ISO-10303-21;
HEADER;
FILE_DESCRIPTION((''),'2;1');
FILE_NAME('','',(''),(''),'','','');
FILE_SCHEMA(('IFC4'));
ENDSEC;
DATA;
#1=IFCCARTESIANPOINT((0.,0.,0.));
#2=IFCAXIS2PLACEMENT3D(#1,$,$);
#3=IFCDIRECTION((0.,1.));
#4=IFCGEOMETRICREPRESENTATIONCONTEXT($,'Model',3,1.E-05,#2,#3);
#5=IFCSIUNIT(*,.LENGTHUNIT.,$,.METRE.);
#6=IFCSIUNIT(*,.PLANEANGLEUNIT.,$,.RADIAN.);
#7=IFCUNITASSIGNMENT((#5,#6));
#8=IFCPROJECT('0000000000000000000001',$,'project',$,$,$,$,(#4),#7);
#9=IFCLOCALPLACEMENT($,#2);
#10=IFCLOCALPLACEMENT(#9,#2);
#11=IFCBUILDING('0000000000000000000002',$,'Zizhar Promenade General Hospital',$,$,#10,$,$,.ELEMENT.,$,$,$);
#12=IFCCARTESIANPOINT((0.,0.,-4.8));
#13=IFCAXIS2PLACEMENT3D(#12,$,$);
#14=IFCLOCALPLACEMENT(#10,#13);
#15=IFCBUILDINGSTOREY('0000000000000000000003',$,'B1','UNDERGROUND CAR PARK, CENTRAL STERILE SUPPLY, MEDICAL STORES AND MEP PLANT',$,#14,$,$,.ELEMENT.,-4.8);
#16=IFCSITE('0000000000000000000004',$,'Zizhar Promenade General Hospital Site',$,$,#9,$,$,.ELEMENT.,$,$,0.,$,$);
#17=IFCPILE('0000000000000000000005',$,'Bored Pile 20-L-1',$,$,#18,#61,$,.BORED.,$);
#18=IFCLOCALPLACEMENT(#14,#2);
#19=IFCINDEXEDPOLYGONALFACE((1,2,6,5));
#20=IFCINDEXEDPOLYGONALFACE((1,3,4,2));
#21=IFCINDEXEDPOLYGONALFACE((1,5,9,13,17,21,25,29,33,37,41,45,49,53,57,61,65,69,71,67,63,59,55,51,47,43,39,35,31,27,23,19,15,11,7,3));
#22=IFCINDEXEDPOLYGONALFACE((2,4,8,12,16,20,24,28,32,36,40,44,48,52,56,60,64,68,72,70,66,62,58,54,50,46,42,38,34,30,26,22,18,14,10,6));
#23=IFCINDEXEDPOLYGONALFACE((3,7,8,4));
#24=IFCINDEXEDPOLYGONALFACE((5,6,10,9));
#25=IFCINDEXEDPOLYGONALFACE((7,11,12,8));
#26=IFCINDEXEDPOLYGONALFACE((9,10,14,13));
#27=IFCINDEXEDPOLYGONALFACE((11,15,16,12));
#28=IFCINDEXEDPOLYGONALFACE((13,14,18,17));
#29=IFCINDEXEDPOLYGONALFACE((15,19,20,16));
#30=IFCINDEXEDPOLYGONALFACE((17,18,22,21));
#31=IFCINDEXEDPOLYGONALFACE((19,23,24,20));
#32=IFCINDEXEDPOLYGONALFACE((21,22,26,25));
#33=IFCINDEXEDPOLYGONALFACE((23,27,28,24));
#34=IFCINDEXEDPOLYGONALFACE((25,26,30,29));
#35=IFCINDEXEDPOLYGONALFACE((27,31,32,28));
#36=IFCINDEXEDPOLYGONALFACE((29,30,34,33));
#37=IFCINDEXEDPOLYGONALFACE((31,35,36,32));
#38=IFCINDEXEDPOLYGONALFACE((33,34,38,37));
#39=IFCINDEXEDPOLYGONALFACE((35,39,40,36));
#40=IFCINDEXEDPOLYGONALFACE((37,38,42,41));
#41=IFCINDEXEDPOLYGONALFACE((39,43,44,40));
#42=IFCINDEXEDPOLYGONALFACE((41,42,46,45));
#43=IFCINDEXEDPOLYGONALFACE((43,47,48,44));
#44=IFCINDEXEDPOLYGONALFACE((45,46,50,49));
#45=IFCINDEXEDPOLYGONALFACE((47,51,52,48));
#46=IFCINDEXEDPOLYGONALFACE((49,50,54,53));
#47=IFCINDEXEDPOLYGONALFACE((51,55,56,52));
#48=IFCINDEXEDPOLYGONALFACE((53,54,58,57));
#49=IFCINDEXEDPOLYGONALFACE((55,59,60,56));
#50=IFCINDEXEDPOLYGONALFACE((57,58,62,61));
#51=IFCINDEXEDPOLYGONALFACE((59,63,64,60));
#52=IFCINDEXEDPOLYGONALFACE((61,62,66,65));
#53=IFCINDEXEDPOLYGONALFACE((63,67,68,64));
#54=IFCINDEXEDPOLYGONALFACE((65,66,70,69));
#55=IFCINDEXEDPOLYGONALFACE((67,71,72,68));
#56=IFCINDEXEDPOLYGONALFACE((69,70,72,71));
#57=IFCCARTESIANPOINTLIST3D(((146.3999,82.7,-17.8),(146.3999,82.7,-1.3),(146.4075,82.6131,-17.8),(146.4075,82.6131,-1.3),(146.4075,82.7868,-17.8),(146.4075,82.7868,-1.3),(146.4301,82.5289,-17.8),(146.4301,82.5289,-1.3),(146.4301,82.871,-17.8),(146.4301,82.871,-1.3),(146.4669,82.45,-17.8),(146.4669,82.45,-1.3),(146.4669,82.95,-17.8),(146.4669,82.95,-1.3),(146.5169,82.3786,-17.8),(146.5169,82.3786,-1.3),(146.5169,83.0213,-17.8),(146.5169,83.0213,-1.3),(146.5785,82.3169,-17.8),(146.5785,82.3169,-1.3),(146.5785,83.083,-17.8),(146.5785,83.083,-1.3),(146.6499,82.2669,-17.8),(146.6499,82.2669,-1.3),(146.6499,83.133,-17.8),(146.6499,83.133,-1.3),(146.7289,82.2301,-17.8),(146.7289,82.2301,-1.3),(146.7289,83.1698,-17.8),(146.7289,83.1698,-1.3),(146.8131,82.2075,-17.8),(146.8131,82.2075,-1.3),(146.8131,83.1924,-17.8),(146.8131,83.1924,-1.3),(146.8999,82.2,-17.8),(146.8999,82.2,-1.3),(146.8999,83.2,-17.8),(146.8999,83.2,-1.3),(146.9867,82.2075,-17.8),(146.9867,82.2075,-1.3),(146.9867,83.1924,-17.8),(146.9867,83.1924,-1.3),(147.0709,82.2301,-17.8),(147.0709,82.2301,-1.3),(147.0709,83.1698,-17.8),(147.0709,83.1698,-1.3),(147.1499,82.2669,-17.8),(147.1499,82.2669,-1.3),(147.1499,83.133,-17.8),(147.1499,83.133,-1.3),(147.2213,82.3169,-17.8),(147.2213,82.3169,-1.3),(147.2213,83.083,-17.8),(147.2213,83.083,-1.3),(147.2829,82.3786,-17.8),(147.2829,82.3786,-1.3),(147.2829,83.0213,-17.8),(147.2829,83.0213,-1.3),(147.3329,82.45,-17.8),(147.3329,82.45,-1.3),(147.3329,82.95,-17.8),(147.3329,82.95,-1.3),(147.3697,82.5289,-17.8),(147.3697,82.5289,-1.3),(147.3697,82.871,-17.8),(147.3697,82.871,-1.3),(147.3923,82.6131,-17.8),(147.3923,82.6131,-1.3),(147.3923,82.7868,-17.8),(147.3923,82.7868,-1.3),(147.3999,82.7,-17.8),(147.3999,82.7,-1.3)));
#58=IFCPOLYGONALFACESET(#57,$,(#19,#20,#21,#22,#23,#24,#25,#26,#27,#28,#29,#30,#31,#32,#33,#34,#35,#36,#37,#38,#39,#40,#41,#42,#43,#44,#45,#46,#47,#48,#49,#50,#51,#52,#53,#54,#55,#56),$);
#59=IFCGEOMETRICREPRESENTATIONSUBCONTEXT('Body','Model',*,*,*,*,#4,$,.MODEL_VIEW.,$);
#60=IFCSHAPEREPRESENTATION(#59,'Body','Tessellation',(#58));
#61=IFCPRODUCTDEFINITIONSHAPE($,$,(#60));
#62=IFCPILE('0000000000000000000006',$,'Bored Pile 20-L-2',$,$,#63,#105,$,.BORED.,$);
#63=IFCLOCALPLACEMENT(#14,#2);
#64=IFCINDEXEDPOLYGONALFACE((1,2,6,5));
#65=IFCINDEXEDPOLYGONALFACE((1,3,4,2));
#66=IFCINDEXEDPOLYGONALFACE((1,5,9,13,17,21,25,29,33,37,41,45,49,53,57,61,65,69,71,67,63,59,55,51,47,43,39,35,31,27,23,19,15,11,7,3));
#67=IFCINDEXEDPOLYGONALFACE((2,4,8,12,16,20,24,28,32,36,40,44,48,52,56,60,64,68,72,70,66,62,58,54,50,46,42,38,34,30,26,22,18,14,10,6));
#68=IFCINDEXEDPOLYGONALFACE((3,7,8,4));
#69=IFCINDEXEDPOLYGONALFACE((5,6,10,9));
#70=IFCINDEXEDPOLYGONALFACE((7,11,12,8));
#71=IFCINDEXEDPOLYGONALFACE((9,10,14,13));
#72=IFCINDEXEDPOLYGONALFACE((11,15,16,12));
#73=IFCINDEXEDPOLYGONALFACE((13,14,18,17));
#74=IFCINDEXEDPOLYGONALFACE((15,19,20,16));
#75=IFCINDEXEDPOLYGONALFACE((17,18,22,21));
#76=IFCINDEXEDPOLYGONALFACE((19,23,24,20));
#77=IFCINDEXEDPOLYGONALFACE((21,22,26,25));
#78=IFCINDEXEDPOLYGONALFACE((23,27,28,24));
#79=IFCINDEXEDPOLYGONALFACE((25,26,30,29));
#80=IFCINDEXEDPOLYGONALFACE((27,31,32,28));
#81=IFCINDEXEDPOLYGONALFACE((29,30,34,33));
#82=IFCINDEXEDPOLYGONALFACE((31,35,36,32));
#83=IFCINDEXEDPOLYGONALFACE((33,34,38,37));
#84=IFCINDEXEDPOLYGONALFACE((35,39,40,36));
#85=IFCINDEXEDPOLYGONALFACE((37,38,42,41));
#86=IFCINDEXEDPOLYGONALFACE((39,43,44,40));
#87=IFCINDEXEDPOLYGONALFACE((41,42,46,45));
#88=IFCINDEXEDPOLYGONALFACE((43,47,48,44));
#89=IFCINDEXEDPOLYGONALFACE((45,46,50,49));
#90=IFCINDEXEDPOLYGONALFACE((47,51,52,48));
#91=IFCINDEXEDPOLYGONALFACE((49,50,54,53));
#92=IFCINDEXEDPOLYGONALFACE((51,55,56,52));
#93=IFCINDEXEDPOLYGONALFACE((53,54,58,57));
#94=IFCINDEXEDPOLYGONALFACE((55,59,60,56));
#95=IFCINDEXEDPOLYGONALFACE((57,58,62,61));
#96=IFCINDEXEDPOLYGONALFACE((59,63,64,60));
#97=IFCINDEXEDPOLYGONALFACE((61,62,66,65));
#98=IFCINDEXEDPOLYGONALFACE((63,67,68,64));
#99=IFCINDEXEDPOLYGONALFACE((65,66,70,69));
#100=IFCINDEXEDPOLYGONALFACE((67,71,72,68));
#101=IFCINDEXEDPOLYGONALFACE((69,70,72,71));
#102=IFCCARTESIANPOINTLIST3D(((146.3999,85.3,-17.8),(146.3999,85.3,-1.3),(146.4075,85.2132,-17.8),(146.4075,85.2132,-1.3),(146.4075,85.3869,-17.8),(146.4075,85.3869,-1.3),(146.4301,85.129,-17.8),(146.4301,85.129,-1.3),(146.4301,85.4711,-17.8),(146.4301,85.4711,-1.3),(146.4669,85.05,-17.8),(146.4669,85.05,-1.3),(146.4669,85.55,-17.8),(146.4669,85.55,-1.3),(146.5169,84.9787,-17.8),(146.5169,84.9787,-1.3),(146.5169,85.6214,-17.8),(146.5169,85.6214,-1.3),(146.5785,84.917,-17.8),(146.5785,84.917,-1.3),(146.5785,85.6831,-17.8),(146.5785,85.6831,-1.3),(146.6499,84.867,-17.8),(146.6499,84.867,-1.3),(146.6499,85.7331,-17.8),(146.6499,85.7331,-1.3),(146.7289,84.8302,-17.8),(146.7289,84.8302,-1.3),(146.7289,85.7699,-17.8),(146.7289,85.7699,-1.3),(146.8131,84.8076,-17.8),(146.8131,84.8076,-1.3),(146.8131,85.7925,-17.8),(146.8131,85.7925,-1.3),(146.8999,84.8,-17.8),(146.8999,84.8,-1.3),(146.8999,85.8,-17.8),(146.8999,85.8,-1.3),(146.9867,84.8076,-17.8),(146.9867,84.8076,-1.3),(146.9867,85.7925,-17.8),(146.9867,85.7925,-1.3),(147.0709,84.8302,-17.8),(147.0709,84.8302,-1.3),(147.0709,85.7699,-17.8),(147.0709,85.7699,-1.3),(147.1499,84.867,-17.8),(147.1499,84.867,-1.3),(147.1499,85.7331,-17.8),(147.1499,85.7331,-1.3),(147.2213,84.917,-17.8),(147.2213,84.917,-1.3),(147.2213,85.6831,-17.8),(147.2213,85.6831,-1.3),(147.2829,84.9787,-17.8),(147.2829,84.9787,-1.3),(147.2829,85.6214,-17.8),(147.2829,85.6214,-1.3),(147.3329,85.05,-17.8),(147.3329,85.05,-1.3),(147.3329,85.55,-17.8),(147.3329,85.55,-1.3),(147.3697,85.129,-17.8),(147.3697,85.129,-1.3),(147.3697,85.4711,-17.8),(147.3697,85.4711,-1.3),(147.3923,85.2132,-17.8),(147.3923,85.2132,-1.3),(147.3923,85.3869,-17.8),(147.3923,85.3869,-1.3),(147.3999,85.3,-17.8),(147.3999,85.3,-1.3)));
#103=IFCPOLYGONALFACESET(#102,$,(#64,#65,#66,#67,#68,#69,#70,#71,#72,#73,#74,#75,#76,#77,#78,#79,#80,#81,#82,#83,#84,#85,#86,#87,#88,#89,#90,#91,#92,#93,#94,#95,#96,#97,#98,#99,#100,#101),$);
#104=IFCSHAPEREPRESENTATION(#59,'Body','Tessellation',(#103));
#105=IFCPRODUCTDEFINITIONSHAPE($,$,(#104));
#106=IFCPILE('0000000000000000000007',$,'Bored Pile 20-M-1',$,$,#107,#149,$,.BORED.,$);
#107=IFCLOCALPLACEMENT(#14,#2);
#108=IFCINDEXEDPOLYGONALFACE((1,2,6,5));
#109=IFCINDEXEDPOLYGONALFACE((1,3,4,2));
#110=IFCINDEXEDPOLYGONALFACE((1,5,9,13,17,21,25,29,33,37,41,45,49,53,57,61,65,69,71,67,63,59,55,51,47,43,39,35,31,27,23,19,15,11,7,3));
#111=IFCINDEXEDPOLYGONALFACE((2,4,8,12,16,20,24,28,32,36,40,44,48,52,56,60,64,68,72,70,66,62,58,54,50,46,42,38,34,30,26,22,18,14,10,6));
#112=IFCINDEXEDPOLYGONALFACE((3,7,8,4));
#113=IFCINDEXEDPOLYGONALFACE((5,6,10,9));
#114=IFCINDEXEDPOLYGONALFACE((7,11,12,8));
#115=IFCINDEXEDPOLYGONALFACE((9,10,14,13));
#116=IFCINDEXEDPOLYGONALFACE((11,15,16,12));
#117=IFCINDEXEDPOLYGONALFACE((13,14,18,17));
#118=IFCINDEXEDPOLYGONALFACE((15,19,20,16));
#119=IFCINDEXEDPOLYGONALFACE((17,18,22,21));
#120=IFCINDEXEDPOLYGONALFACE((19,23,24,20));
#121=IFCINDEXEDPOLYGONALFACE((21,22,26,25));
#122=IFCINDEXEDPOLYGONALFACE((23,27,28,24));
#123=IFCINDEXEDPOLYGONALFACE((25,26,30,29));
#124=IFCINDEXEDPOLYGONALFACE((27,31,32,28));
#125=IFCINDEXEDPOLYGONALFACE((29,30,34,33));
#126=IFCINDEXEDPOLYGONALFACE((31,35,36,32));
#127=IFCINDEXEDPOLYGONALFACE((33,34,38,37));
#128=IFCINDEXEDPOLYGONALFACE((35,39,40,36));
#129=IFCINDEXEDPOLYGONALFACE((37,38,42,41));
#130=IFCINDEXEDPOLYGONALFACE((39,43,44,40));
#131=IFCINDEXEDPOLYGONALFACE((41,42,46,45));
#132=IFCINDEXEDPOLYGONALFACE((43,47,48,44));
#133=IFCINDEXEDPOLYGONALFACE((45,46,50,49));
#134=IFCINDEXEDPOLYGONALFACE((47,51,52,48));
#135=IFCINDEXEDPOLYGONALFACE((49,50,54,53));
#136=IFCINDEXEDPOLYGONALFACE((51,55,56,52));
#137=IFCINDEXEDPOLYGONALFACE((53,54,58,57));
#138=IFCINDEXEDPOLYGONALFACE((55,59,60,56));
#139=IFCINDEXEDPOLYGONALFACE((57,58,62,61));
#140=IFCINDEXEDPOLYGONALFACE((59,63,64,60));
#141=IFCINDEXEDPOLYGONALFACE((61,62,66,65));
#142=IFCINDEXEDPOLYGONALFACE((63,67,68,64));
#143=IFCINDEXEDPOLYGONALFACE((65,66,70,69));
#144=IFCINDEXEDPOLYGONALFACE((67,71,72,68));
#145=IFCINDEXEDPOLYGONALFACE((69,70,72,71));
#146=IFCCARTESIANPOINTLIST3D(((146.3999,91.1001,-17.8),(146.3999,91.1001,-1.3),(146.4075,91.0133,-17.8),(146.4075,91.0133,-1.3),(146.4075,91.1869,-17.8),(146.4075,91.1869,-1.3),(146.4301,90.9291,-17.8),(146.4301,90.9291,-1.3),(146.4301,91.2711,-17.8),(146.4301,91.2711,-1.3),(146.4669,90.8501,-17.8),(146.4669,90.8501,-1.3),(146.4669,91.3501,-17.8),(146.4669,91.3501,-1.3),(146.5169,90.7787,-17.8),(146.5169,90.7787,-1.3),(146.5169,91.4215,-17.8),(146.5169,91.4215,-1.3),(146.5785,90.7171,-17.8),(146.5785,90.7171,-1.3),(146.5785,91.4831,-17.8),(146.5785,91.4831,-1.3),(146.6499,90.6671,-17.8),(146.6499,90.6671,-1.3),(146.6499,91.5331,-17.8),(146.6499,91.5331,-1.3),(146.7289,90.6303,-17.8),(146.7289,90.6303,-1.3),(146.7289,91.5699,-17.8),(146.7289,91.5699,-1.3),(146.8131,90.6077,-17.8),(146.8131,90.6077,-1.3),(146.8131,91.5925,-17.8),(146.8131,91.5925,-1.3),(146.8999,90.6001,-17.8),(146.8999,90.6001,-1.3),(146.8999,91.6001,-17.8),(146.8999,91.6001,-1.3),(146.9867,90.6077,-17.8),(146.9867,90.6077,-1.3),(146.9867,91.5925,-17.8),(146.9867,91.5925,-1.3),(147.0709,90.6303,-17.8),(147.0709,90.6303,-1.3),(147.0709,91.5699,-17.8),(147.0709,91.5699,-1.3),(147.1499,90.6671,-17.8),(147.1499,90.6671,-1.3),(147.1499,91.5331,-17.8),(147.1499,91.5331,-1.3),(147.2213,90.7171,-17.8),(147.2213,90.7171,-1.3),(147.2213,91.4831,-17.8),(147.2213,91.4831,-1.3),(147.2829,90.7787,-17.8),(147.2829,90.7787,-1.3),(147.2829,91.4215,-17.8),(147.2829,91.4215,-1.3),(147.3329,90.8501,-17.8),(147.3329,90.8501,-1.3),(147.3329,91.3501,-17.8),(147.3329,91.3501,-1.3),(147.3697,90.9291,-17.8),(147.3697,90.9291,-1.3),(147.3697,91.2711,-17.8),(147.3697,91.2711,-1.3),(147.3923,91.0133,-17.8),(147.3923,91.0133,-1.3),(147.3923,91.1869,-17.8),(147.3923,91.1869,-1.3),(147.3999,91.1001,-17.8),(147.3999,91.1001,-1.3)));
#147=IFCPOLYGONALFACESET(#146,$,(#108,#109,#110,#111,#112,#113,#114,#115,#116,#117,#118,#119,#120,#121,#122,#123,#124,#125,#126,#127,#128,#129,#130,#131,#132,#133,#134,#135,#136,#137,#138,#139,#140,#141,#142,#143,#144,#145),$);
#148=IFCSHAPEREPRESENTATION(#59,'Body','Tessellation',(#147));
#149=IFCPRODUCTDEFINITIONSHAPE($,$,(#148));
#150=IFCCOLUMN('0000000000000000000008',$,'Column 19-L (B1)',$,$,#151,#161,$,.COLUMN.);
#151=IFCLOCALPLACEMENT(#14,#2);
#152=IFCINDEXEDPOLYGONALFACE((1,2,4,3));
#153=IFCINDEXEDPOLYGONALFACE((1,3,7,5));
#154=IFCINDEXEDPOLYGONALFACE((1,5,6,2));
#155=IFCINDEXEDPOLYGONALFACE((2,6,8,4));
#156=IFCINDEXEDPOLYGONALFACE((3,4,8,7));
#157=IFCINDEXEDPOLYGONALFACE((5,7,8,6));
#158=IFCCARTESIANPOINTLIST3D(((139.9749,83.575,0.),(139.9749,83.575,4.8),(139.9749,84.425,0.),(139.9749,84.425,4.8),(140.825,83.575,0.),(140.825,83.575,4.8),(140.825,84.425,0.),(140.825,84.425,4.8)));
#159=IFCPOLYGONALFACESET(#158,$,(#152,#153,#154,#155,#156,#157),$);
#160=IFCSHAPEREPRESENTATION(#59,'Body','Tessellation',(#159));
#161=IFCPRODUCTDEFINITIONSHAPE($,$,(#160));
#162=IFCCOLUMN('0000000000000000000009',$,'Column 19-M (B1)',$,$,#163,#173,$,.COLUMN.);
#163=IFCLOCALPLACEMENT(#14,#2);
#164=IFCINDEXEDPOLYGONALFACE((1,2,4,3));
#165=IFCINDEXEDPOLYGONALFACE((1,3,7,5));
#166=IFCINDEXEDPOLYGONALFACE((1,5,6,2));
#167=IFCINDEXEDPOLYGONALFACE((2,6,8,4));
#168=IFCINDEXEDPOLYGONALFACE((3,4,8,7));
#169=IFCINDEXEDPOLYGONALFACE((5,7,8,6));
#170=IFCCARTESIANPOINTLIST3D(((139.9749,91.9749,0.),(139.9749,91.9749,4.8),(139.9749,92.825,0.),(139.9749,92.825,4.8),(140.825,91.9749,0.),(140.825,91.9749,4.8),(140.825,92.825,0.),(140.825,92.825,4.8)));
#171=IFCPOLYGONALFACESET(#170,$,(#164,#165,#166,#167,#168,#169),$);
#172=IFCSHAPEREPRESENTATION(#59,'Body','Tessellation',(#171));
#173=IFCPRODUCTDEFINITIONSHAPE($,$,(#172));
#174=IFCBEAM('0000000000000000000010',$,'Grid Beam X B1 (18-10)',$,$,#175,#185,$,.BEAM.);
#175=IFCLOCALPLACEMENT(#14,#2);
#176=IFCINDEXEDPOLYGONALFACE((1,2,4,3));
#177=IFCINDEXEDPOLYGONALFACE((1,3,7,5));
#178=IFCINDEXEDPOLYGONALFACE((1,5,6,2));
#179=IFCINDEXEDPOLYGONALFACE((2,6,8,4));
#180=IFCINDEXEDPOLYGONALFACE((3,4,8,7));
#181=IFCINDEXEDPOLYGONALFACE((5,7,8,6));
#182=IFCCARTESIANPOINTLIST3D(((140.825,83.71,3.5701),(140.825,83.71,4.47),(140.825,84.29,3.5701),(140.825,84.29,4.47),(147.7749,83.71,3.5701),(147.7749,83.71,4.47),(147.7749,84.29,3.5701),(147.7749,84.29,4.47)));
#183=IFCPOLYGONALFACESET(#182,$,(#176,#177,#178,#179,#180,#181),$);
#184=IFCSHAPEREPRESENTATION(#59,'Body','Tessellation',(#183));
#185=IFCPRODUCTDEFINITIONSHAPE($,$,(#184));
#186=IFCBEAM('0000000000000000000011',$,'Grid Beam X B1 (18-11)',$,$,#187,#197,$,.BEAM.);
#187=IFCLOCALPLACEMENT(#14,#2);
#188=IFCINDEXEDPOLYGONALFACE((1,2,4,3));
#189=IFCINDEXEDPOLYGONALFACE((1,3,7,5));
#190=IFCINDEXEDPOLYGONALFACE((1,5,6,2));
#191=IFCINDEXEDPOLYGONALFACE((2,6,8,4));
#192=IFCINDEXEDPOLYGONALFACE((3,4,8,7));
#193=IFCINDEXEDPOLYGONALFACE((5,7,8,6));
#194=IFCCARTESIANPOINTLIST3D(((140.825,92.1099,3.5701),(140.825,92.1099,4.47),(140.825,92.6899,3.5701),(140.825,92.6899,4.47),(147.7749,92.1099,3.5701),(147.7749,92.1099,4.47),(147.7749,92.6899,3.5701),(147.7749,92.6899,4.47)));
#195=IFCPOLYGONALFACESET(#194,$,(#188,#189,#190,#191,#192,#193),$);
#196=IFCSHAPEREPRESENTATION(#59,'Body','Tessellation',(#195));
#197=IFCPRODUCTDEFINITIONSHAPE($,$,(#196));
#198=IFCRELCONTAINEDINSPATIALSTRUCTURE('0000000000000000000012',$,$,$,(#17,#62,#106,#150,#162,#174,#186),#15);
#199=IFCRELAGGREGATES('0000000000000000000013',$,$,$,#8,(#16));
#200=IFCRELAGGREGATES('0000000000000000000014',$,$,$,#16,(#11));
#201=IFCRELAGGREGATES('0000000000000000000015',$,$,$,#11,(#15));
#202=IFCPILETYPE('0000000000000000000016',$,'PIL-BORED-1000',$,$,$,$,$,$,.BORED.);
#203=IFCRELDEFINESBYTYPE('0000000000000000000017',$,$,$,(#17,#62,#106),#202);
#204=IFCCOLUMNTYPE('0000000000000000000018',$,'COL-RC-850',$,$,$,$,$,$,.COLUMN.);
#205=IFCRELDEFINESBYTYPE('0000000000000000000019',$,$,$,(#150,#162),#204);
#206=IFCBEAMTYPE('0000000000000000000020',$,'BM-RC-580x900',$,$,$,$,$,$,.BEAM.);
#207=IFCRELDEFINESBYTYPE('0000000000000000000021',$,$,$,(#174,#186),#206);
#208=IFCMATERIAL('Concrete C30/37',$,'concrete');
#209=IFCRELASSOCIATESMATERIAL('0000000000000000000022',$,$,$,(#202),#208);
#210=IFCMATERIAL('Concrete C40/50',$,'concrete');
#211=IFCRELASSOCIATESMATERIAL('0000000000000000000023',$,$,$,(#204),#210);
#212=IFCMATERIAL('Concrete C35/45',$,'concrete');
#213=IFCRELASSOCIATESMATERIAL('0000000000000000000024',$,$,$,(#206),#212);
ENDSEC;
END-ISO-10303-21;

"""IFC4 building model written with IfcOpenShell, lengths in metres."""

from ifc_helpers import new_model, si_unit, direction, frame, origin, origin_2d, place, context, subcontext, project, spatial, rectangle, circle, extrude, material, material_profile, profile_set, type_object, element, save


model = new_model("IFC4")

# Units and contexts
model_context = context("Model", 3, precision=1e-05, world=origin(), true_north=direction((0.0, 1.0)))
body_context = subcontext(model_context, "Body", "Model", "MODEL_VIEW")
ifc_project = project(units=[si_unit("LENGTHUNIT", "METRE"), si_unit("PLANEANGLEUNIT", "RADIAN")], contexts=[model_context])

# Site, building, storey
site_placement = place(None, origin())
site = spatial("IfcSite", under=ifc_project, at=site_placement, Name="Zizhar Promenade General Hospital Site", CompositionType="ELEMENT", RefElevation=0.0)
building_placement = place(site_placement, origin())
building = spatial("IfcBuilding", under=site, at=building_placement, Name="Zizhar Promenade General Hospital", CompositionType="ELEMENT")
storey_placement = place(building_placement, frame((0.0, 0.0, -4.8)))
storey = spatial("IfcBuildingStorey", under=building, at=storey_placement, Name="B1", Description="UNDERGROUND CAR PARK, CENTRAL STERILE SUPPLY, MEDICAL STORES AND MEP PLANT", CompositionType="ELEMENT", Elevation=-4.8)

# Piles
ifc_material_1 = material(Name="Concrete C30/37", Category="concrete")
ifc_material_profile_1 = material_profile(ifc_material_1, circle(Radius=0.5, at=origin_2d()))
ifc_profile_set_1 = profile_set([ifc_material_profile_1], Name="Concrete C30/37")
pile_type = type_object("IfcPileType", Name="PIL-BORED-1000", PredefinedType="BORED", material=ifc_profile_set_1)
for number, where, z_axis, x_axis, name in (
    (1, (146.8999, 82.7, -1.3), (0.0, 0.0, -1.0), (1.0, 0.0, 0.0), "Bored Pile 20-L-1"),
    (2, (146.8999, 85.3, -1.3), (0.0, 0.0, -1.0), (1.0, 0.0, 0.0), "Bored Pile 20-L-2"),
    (3, (146.8999, 91.1001, -1.3), (0.0, 0.0, -1.0), (1.0, 0.0, 0.0), "Bored Pile 20-M-1"),
):
    element("IfcPile", number, at=place(storey_placement, frame(where, z_axis=z_axis, x_axis=x_axis)), inside=storey, type_object=pile_type, Name=name, PredefinedType="BORED", context=body_context, shape_type="SweptSolid", body=[
        extrude(circle(Radius=0.5, at=origin_2d()), origin(), (0.0, 0.0, 1.0), 16.5),
    ])

# Columns
ifc_material_2 = material(Name="Concrete C40/50", Category="concrete")
ifc_material_profile_2 = material_profile(ifc_material_2, rectangle(XDim=0.8501, YDim=0.8501, at=origin_2d()))
ifc_profile_set_2 = profile_set([ifc_material_profile_2], Name="Concrete C40/50")
column_type = type_object("IfcColumnType", Name="COL-RC-850", PredefinedType="COLUMN", material=ifc_profile_set_2)
for number, where, z_axis, x_axis, name in (
    (4, (140.3999, 84.0, 0.0), (0.0, 0.0, 1.0), (1.0, 0.0, 0.0), "Column 19-L (B1)"),
    (5, (140.3999, 92.3999, 0.0), (0.0, 0.0, 1.0), (1.0, 0.0, 0.0), "Column 19-M (B1)"),
):
    element("IfcColumn", number, at=place(storey_placement, frame(where, z_axis=z_axis, x_axis=x_axis)), inside=storey, type_object=column_type, Name=name, PredefinedType="COLUMN", context=body_context, shape_type="SweptSolid", body=[
        extrude(rectangle(XDim=0.8501, YDim=0.8501, at=origin_2d()), origin(), (0.0, 0.0, 1.0), 4.8),
    ])

# Beams
ifc_material_3 = material(Name="Concrete C35/45", Category="concrete")
ifc_material_profile_3 = material_profile(ifc_material_3, rectangle(XDim=0.5801, YDim=0.8999, at=origin_2d()))
ifc_profile_set_3 = profile_set([ifc_material_profile_3], Name="Concrete C35/45")
beam_type_1 = type_object("IfcBeamType", Name="BM-RC-580x900", PredefinedType="BEAM", material=ifc_profile_set_3)
for number, where, z_axis, x_axis, name in (
    (6, (140.825, 84.0, 4.02), (1.0, 0.0, 0.0), (0.0, 1.0, 0.0), "Grid Beam X B1 (18-10)"),
    (7, (140.825, 92.3999, 4.02), (1.0, 0.0, 0.0), (0.0, 1.0, 0.0), "Grid Beam X B1 (18-11)"),
):
    element("IfcBeam", number, at=place(storey_placement, frame(where, z_axis=z_axis, x_axis=x_axis)), inside=storey, type_object=beam_type_1, Name=name, PredefinedType="BEAM", context=body_context, shape_type="SweptSolid", body=[
        extrude(rectangle(XDim=0.5801, YDim=0.8999, at=origin_2d()), origin(), (0.0, 0.0, 1.0), 6.95),
    ])

save(model, "model.ifc")
